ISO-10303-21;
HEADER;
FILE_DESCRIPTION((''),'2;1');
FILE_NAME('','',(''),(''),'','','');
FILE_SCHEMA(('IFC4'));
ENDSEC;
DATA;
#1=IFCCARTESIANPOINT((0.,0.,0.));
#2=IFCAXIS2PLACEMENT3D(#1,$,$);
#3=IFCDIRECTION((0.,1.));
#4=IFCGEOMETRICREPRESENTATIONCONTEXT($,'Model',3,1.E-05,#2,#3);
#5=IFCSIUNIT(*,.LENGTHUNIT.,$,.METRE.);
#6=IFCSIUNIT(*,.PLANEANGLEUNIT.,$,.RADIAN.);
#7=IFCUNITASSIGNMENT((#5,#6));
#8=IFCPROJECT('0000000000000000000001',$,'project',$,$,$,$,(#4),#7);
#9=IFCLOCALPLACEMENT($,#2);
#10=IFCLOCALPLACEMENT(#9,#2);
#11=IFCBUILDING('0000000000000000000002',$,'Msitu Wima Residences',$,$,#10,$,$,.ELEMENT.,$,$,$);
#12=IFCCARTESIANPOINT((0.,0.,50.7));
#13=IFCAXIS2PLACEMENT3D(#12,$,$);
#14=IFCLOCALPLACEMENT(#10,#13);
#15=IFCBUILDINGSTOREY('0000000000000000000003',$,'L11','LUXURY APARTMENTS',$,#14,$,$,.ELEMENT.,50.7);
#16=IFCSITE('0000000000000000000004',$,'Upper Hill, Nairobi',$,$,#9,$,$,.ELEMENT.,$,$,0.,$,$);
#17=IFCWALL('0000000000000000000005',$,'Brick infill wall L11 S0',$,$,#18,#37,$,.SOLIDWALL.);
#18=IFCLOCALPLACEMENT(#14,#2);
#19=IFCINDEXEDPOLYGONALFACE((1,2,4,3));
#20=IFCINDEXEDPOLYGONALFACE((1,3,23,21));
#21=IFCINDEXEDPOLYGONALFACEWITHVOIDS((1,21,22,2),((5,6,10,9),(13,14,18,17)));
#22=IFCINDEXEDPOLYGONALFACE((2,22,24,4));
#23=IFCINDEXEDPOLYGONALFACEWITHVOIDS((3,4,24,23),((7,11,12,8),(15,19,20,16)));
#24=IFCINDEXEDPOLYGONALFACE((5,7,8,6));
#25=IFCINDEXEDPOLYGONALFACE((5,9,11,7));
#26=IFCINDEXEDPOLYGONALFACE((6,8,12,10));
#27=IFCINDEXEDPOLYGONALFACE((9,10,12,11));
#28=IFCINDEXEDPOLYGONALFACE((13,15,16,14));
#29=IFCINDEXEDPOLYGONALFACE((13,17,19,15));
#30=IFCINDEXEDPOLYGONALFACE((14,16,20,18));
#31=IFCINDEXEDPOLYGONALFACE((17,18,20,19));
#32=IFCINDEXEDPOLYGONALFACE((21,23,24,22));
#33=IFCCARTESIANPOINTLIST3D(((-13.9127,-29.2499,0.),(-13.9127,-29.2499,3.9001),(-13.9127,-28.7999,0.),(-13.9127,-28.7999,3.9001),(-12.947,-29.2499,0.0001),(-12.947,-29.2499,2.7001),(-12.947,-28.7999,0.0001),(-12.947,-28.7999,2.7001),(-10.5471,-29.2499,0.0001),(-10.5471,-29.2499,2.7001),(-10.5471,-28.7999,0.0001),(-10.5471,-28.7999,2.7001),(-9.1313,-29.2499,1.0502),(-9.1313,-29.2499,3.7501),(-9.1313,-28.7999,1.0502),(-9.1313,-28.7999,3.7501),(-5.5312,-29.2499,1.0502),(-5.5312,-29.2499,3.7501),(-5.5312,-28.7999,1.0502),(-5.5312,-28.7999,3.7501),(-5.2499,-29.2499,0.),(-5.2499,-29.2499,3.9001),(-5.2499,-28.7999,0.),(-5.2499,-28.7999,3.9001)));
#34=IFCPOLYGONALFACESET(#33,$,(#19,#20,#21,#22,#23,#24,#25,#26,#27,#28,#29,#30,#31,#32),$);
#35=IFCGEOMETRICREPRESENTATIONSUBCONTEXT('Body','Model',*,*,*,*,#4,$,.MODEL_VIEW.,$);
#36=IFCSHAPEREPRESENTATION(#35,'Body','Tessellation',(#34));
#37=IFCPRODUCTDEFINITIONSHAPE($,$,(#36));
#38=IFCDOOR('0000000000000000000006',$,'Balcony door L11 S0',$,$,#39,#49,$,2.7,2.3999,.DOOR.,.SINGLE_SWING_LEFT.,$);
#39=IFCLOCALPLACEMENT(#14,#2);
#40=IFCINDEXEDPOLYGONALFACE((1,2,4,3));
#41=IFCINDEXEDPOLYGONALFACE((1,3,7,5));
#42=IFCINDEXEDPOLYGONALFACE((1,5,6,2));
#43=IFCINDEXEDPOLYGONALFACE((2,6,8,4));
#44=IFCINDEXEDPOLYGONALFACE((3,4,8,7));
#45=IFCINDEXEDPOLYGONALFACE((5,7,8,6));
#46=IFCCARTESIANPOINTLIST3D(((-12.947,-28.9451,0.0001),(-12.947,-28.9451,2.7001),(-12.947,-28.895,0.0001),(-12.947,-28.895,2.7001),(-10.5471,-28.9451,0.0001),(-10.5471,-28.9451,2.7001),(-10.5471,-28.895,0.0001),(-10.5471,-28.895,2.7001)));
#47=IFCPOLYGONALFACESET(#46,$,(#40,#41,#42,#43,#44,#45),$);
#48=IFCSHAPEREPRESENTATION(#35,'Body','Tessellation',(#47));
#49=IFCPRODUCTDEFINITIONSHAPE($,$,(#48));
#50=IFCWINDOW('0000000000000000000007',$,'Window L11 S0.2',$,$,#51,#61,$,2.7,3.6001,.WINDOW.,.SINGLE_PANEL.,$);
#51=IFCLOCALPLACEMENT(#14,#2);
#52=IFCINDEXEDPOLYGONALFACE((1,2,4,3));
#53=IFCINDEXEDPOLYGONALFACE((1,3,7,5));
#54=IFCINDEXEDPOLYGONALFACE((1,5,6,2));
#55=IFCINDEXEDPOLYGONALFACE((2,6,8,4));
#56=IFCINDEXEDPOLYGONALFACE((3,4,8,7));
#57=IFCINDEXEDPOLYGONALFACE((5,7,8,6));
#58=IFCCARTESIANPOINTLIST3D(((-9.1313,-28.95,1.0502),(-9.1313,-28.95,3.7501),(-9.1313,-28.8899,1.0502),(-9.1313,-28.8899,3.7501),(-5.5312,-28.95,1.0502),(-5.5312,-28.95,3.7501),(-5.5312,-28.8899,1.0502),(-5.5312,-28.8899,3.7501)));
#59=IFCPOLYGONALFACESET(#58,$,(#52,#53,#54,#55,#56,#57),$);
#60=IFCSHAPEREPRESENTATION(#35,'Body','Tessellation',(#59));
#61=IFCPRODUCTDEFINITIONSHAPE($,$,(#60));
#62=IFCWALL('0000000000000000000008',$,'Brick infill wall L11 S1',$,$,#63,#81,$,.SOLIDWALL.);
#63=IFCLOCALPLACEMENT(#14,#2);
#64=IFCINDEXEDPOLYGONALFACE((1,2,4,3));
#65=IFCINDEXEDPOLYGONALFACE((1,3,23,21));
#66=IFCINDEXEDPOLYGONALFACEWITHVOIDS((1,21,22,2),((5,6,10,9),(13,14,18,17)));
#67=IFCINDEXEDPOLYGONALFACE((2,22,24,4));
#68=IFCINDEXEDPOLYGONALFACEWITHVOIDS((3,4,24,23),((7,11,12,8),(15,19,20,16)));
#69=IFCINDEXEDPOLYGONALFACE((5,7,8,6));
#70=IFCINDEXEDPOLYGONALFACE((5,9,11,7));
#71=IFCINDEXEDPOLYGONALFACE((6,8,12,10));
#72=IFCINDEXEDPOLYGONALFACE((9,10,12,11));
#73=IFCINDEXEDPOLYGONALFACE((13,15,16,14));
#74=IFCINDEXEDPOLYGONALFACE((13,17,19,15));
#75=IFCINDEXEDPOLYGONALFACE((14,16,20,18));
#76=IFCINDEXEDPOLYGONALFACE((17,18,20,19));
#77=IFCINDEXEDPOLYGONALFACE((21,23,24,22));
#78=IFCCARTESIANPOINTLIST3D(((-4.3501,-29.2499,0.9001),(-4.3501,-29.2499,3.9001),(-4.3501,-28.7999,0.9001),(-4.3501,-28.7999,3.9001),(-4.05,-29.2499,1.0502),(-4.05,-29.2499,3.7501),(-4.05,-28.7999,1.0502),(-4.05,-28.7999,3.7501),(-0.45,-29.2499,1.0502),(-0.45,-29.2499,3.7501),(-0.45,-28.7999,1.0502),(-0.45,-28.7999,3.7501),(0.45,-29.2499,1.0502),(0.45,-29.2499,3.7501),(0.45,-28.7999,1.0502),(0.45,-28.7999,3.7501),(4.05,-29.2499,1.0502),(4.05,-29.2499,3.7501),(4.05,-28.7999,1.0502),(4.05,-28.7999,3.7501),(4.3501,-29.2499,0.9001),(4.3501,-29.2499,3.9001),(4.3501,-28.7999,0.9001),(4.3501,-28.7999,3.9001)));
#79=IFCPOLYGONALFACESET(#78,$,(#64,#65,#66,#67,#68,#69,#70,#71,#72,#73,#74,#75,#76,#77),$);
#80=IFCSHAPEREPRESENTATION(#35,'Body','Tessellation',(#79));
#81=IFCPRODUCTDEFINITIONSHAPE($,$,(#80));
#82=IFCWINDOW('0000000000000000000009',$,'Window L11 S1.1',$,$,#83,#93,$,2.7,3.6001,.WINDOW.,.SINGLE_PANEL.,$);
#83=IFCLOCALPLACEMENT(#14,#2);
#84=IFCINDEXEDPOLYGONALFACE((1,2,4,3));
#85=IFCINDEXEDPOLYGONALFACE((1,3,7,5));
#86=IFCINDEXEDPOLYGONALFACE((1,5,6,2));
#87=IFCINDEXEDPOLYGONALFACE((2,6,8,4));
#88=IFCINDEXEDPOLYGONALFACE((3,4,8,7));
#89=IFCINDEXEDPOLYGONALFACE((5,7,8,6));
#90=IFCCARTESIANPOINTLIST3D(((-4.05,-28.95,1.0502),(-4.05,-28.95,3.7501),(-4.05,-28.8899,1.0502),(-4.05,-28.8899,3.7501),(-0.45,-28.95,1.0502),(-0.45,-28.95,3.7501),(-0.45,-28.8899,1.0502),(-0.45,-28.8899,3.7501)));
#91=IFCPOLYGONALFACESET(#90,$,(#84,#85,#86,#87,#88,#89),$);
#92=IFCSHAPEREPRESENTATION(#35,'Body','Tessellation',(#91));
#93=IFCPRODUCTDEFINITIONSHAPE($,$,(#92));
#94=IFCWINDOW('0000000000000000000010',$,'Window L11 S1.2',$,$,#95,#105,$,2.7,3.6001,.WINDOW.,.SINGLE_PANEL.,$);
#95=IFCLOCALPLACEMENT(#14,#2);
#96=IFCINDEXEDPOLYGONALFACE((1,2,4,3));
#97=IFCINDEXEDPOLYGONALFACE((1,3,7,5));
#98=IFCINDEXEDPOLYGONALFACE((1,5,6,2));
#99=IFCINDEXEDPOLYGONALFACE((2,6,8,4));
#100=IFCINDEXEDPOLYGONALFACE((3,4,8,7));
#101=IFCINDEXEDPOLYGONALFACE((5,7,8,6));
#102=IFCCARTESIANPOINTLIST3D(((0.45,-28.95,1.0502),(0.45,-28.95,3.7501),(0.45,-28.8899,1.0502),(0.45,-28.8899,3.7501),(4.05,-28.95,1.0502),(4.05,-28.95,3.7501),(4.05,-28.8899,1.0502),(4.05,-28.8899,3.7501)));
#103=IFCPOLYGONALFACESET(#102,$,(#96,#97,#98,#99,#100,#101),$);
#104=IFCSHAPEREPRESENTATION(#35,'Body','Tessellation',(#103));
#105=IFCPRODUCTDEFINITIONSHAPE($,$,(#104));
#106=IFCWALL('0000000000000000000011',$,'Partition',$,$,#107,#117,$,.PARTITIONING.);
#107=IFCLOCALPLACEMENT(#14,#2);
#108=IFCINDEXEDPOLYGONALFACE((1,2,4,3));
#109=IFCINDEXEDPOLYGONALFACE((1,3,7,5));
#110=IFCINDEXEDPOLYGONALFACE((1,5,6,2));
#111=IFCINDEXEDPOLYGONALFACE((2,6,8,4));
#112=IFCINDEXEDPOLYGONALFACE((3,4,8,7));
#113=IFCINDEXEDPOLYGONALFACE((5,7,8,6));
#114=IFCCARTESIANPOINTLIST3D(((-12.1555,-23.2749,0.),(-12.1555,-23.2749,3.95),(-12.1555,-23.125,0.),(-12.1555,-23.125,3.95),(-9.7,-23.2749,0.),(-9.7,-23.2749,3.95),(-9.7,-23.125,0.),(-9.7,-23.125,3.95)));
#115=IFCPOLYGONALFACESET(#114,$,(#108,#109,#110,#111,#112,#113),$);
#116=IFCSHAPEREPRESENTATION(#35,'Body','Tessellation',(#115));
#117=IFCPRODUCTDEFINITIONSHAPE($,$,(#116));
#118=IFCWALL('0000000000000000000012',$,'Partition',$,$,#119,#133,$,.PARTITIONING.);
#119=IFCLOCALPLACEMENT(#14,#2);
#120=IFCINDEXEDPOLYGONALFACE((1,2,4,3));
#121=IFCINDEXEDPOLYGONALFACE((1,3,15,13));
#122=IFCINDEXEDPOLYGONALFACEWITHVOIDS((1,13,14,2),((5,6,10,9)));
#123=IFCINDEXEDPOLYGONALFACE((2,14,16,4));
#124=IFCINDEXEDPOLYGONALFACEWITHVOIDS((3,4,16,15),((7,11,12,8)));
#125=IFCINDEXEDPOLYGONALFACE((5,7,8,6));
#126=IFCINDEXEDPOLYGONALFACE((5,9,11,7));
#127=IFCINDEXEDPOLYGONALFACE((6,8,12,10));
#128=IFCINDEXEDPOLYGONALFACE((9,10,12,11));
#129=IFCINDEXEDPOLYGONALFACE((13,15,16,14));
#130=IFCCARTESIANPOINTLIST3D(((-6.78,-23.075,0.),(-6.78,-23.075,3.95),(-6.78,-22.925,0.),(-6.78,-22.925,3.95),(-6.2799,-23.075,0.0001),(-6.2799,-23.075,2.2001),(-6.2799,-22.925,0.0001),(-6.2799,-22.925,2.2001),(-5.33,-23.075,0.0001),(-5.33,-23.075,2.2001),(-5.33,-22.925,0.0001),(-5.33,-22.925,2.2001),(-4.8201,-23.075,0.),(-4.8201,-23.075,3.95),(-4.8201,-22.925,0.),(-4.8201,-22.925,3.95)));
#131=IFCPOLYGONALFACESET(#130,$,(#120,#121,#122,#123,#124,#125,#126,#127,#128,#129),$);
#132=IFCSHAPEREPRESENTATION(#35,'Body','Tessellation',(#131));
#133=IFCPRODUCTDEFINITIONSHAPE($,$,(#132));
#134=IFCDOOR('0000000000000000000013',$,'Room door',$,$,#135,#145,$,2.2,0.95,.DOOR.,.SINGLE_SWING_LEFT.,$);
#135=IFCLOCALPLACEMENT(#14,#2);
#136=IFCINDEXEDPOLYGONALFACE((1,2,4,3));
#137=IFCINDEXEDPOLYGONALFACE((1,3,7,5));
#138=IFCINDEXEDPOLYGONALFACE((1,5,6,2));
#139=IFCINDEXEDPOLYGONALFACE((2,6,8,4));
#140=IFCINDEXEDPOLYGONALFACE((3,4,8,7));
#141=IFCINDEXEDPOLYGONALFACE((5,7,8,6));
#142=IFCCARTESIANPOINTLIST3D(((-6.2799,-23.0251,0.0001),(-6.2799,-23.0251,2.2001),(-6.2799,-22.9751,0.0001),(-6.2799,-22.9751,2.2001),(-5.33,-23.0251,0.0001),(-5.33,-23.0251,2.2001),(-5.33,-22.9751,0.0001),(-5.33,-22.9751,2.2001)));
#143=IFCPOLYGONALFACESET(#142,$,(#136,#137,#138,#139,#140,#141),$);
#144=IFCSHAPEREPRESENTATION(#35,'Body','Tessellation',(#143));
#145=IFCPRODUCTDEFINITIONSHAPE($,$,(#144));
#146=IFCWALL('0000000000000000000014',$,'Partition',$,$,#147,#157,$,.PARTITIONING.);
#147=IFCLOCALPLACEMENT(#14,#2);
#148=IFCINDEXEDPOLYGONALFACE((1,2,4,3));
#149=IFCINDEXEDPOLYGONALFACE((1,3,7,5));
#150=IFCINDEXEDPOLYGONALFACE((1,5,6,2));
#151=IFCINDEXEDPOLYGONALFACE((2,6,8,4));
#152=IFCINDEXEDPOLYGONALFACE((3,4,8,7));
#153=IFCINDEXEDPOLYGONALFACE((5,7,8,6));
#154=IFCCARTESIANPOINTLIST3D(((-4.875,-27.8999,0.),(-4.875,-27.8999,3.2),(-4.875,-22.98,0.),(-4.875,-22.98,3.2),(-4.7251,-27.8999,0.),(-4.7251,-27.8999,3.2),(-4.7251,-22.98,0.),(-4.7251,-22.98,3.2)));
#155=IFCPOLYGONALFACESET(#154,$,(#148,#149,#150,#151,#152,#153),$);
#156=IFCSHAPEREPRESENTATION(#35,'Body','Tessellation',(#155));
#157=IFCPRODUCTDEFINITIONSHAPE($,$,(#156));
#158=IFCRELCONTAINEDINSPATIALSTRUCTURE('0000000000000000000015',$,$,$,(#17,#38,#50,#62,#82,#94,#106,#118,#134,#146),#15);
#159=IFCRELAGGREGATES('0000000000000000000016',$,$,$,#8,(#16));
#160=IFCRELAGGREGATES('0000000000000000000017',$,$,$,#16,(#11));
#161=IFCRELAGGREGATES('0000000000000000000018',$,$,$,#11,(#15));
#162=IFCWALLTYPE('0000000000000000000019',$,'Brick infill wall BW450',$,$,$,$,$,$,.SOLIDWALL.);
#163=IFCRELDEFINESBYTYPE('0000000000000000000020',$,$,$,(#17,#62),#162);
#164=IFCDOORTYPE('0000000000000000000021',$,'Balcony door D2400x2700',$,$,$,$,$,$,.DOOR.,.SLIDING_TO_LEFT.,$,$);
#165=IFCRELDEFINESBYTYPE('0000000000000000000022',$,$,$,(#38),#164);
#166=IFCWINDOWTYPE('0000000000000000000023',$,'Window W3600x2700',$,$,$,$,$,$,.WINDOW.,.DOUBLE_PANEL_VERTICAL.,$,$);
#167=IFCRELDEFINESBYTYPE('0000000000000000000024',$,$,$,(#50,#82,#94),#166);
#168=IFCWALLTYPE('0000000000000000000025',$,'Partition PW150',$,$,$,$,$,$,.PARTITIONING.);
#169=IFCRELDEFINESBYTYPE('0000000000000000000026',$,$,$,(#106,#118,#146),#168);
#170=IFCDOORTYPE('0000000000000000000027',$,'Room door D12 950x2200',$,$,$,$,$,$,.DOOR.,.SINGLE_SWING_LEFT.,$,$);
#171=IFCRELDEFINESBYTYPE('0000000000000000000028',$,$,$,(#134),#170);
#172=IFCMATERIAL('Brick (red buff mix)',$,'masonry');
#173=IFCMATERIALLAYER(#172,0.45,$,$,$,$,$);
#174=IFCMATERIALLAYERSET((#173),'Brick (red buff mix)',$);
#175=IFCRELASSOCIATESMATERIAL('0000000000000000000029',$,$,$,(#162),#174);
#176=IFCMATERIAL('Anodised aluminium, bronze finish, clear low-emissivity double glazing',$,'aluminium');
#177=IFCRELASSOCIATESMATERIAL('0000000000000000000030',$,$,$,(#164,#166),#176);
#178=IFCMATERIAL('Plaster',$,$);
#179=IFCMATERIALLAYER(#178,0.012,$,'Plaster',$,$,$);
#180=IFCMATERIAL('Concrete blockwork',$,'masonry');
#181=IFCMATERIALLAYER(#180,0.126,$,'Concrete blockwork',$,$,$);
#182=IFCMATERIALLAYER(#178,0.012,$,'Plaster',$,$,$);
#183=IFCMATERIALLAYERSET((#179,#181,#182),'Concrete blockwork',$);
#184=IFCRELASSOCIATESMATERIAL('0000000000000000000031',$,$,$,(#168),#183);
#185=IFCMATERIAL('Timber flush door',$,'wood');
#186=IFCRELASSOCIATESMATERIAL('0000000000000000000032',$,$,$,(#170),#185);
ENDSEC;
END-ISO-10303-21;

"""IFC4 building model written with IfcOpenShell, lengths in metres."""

from ifc_helpers import new_model, si_unit, direction, frame, frame_2d, origin, place, context, subcontext, project, spatial, rectangle, extrude, material, layer, layer_set, type_object, element, fill, save


model = new_model("IFC4")

# Units and contexts
model_context = context("Model", 3, precision=1e-05, world=origin(), true_north=direction((0.0, 1.0)))
body_context = subcontext(model_context, "Body", "Model", "MODEL_VIEW")
ifc_project = project(units=[si_unit("LENGTHUNIT", "METRE"), si_unit("PLANEANGLEUNIT", "RADIAN")], contexts=[model_context])

# Site, building, storey
site_placement = place(None, origin())
site = spatial("IfcSite", under=ifc_project, at=site_placement, Name="Upper Hill, Nairobi", CompositionType="ELEMENT", RefElevation=0.0)
building_placement = place(site_placement, origin())
building = spatial("IfcBuilding", under=site, at=building_placement, Name="Msitu Wima Residences", CompositionType="ELEMENT")
storey_placement = place(building_placement, frame((0.0, 0.0, 50.7)))
storey = spatial("IfcBuildingStorey", under=building, at=storey_placement, Name="L11", Description="LUXURY APARTMENTS", CompositionType="ELEMENT", Elevation=50.7)

# Wall, openings, door, window
ifc_material_1 = material(Name="Brick (red buff mix)", Category="masonry")
ifc_layer_1 = layer(ifc_material_1, 0.45)
ifc_layer_set_1 = layer_set([ifc_layer_1], Name="Brick (red buff mix)")
wall_type_1 = type_object("IfcWallType", Name="Brick infill wall BW450", PredefinedType="SOLIDWALL", material=ifc_layer_set_1)
wall_1_placement = place(storey_placement, frame((-13.9128, -29.0249, 0.0), z_axis=(0.0, 0.0, 1.0), x_axis=(1.0, 0.0, 0.0)))
wall_1 = element("IfcWall", 1, at=wall_1_placement, inside=storey, type_object=wall_type_1, Name="Brick infill wall L11 S0", PredefinedType="SOLIDWALL", context=body_context, shape_type="SweptSolid", body=[
    extrude(rectangle(XDim=8.6628, YDim=0.45, at=frame_2d((4.3315, 0.0))), origin(), (0.0, 0.0, 1.0), 3.9001),
])
opening_1_placement = place(wall_1_placement, frame((0.9658, 0.0, 0.0)))
opening_1 = element("IfcOpeningElement", 2, at=opening_1_placement, cuts=wall_1, PredefinedType="OPENING", context=body_context, shape_type="SweptSolid", body=[
    extrude(rectangle(XDim=2.3999, YDim=2.7, at=frame_2d((1.2, 1.3501))), frame((0.0, 0.2349, 0.0), z_axis=(0.0, -1.0, 0.0), x_axis=(1.0, 0.0, 0.0)), (0.0, 0.0, 1.0), 0.47),
])
opening_2_placement = place(wall_1_placement, frame((4.7815, 0.0, 1.05)))
opening_2 = element("IfcOpeningElement", 3, at=opening_2_placement, cuts=wall_1, PredefinedType="OPENING", context=body_context, shape_type="SweptSolid", body=[
    extrude(rectangle(XDim=3.6001, YDim=2.7, at=frame_2d((1.8, 1.3501))), frame((0.0, 0.2349, 0.0), z_axis=(0.0, -1.0, 0.0), x_axis=(1.0, 0.0, 0.0)), (0.0, 0.0, 1.0), 0.47),
])
ifc_material_2 = material(Name="Anodised aluminium, bronze finish, clear low-emissivity double glazing", Category="aluminium")
door_type_1 = type_object("IfcDoorType", Name="Balcony door D2400x2700", OperationType="SLIDING_TO_LEFT", PredefinedType="DOOR", material=ifc_material_2)
door_1_placement = place(opening_1_placement, origin())
door_1 = element("IfcDoor", 4, at=door_1_placement, inside=storey, type_object=door_type_1, Name="Balcony door L11 S0", OperationType="SINGLE_SWING_LEFT", OverallHeight=2.7, OverallWidth=2.3999, PredefinedType="DOOR", context=body_context, shape_type="SweptSolid", body=[
    extrude(rectangle(XDim=2.3999, YDim=2.7, at=frame_2d((1.2, 1.3501))), frame((0.0, 0.1299, 0.0), z_axis=(0.0, -1.0, 0.0), x_axis=(1.0, 0.0, 0.0)), (0.0, 0.0, 1.0), 0.05),
])
fill(opening_1, door_1)
window_type = type_object("IfcWindowType", Name="Window W3600x2700", PartitioningType="DOUBLE_PANEL_VERTICAL", PredefinedType="WINDOW", material=ifc_material_2)
window_1_placement = place(opening_2_placement, origin())
window_1 = element("IfcWindow", 5, at=window_1_placement, inside=storey, type_object=window_type, Name="Window L11 S0.2", OverallHeight=2.7, OverallWidth=3.6001, PartitioningType="SINGLE_PANEL", PredefinedType="WINDOW", context=body_context, shape_type="SweptSolid", body=[
    extrude(rectangle(XDim=3.6001, YDim=2.7, at=frame_2d((1.8, 1.3501))), frame((0.0, 0.135, 0.0), z_axis=(0.0, -1.0, 0.0), x_axis=(1.0, 0.0, 0.0)), (0.0, 0.0, 1.0), 0.0601),
])
fill(opening_2, window_1)

# Wall, openings, windows
wall_2_placement = place(storey_placement, frame((-4.3501, -29.0249, 0.9001), z_axis=(0.0, 0.0, 1.0), x_axis=(1.0, 0.0, 0.0)))
wall_2 = element("IfcWall", 6, at=wall_2_placement, inside=storey, type_object=wall_type_1, Name="Brick infill wall L11 S1", PredefinedType="SOLIDWALL", context=body_context, shape_type="SweptSolid", body=[
    extrude(rectangle(XDim=8.7002, YDim=0.45, at=frame_2d((4.3501, 0.0))), origin(), (0.0, 0.0, 1.0), 3.0),
])
opening_3_placement = place(wall_2_placement, frame((0.3, 0.0, 0.1499)))
opening_3 = element("IfcOpeningElement", 7, at=opening_3_placement, cuts=wall_2, PredefinedType="OPENING", context=body_context, shape_type="SweptSolid", body=[
    extrude(rectangle(XDim=3.6001, YDim=2.7, at=frame_2d((1.8, 1.3501))), frame((0.0, 0.2349, 0.0), z_axis=(0.0, -1.0, 0.0), x_axis=(1.0, 0.0, 0.0)), (0.0, 0.0, 1.0), 0.47),
])
opening_4_placement = place(wall_2_placement, frame((4.8, 0.0, 0.1499)))
opening_4 = element("IfcOpeningElement", 8, at=opening_4_placement, cuts=wall_2, PredefinedType="OPENING", context=body_context, shape_type="SweptSolid", body=[
    extrude(rectangle(XDim=3.6001, YDim=2.7, at=frame_2d((1.8, 1.3501))), frame((0.0, 0.2349, 0.0), z_axis=(0.0, -1.0, 0.0), x_axis=(1.0, 0.0, 0.0)), (0.0, 0.0, 1.0), 0.47),
])
window_2_placement = place(opening_3_placement, origin())
window_2 = element("IfcWindow", 9, at=window_2_placement, inside=storey, type_object=window_type, Name="Window L11 S1.1", OverallHeight=2.7, OverallWidth=3.6001, PartitioningType="SINGLE_PANEL", PredefinedType="WINDOW", context=body_context, shape_type="SweptSolid", body=[
    extrude(rectangle(XDim=3.6001, YDim=2.7, at=frame_2d((1.8, 1.3501))), frame((0.0, 0.135, 0.0), z_axis=(0.0, -1.0, 0.0), x_axis=(1.0, 0.0, 0.0)), (0.0, 0.0, 1.0), 0.0601),
])
fill(opening_3, window_2)
window_3_placement = place(opening_4_placement, origin())
window_3 = element("IfcWindow", 10, at=window_3_placement, inside=storey, type_object=window_type, Name="Window L11 S1.2", OverallHeight=2.7, OverallWidth=3.6001, PartitioningType="SINGLE_PANEL", PredefinedType="WINDOW", context=body_context, shape_type="SweptSolid", body=[
    extrude(rectangle(XDim=3.6001, YDim=2.7, at=frame_2d((1.8, 1.3501))), frame((0.0, 0.135, 0.0), z_axis=(0.0, -1.0, 0.0), x_axis=(1.0, 0.0, 0.0)), (0.0, 0.0, 1.0), 0.0601),
])
fill(opening_4, window_3)

# Wall
ifc_material_3 = material(Name="Plaster")
ifc_layer_2 = layer(ifc_material_3, 0.012, Name="Plaster")
ifc_material_4 = material(Name="Concrete blockwork", Category="masonry")
ifc_layer_3 = layer(ifc_material_4, 0.126, Name="Concrete blockwork")
ifc_layer_4 = layer(ifc_material_3, 0.012, Name="Plaster")
ifc_layer_set_2 = layer_set([ifc_layer_2, ifc_layer_3, ifc_layer_4], Name="Concrete blockwork")
wall_type_2 = type_object("IfcWallType", Name="Partition PW150", PredefinedType="PARTITIONING", material=ifc_layer_set_2)
wall_3_placement = place(storey_placement, frame((-12.1555, -23.2, 0.0), z_axis=(0.0, 0.0, 1.0), x_axis=(1.0, 0.0, 0.0)))
element("IfcWall", 11, at=wall_3_placement, inside=storey, type_object=wall_type_2, Name="Partition", PredefinedType="PARTITIONING", context=body_context, shape_type="SweptSolid", body=[
    extrude(rectangle(XDim=2.4556, YDim=0.1499, at=frame_2d((1.2278, 0.0))), origin(), (0.0, 0.0, 1.0), 3.95),
])

# Wall, opening, door
wall_4_placement = place(storey_placement, frame((-6.78, -23.0, 0.0), z_axis=(0.0, 0.0, 1.0), x_axis=(1.0, 0.0, 0.0)))
wall_4 = element("IfcWall", 12, at=wall_4_placement, inside=storey, type_object=wall_type_2, Name="Partition", PredefinedType="PARTITIONING", context=body_context, shape_type="SweptSolid", body=[
    extrude(rectangle(XDim=1.96, YDim=0.1499, at=frame_2d((0.98, 0.0))), origin(), (0.0, 0.0, 1.0), 3.95),
])
opening_5_placement = place(wall_4_placement, frame((0.5, 0.0, 0.0)))
opening_5 = element("IfcOpeningElement", 13, at=opening_5_placement, cuts=wall_4, PredefinedType="OPENING", context=body_context, shape_type="SweptSolid", body=[
    extrude(rectangle(XDim=0.95, YDim=2.2, at=frame_2d((0.4751, 1.1001))), frame((0.0, 0.085, 0.0), z_axis=(0.0, -1.0, 0.0), x_axis=(1.0, 0.0, 0.0)), (0.0, 0.0, 1.0), 0.1699),
])
ifc_material_5 = material(Name="Timber flush door", Category="wood")
door_type_2 = type_object("IfcDoorType", Name="Room door D12 950x2200", OperationType="SINGLE_SWING_LEFT", PredefinedType="DOOR", material=ifc_material_5)
door_2_placement = place(opening_5_placement, origin())
door_2 = element("IfcDoor", 14, at=door_2_placement, inside=storey, type_object=door_type_2, Name="Room door", OperationType="SINGLE_SWING_LEFT", OverallHeight=2.2, OverallWidth=0.95, PredefinedType="DOOR", context=body_context, shape_type="SweptSolid", body=[
    extrude(rectangle(XDim=0.95, YDim=2.2, at=frame_2d((0.4751, 1.1001))), frame((0.0, 0.0249, 0.0), z_axis=(0.0, -1.0, 0.0), x_axis=(1.0, 0.0, 0.0)), (0.0, 0.0, 1.0), 0.05),
])
fill(opening_5, door_2)

# Wall
wall_5_placement = place(storey_placement, frame((-4.8, -27.8999, 0.0), z_axis=(0.0, 0.0, 1.0), x_axis=(0.0, 1.0, 0.0)))
element("IfcWall", 15, at=wall_5_placement, inside=storey, type_object=wall_type_2, Name="Partition", PredefinedType="PARTITIONING", context=body_context, shape_type="SweptSolid", body=[
    extrude(rectangle(XDim=4.9199, YDim=0.1499, at=frame_2d((2.46, 0.0))), origin(), (0.0, 0.0, 1.0), 3.2),
])

save(model, "model.ifc")
